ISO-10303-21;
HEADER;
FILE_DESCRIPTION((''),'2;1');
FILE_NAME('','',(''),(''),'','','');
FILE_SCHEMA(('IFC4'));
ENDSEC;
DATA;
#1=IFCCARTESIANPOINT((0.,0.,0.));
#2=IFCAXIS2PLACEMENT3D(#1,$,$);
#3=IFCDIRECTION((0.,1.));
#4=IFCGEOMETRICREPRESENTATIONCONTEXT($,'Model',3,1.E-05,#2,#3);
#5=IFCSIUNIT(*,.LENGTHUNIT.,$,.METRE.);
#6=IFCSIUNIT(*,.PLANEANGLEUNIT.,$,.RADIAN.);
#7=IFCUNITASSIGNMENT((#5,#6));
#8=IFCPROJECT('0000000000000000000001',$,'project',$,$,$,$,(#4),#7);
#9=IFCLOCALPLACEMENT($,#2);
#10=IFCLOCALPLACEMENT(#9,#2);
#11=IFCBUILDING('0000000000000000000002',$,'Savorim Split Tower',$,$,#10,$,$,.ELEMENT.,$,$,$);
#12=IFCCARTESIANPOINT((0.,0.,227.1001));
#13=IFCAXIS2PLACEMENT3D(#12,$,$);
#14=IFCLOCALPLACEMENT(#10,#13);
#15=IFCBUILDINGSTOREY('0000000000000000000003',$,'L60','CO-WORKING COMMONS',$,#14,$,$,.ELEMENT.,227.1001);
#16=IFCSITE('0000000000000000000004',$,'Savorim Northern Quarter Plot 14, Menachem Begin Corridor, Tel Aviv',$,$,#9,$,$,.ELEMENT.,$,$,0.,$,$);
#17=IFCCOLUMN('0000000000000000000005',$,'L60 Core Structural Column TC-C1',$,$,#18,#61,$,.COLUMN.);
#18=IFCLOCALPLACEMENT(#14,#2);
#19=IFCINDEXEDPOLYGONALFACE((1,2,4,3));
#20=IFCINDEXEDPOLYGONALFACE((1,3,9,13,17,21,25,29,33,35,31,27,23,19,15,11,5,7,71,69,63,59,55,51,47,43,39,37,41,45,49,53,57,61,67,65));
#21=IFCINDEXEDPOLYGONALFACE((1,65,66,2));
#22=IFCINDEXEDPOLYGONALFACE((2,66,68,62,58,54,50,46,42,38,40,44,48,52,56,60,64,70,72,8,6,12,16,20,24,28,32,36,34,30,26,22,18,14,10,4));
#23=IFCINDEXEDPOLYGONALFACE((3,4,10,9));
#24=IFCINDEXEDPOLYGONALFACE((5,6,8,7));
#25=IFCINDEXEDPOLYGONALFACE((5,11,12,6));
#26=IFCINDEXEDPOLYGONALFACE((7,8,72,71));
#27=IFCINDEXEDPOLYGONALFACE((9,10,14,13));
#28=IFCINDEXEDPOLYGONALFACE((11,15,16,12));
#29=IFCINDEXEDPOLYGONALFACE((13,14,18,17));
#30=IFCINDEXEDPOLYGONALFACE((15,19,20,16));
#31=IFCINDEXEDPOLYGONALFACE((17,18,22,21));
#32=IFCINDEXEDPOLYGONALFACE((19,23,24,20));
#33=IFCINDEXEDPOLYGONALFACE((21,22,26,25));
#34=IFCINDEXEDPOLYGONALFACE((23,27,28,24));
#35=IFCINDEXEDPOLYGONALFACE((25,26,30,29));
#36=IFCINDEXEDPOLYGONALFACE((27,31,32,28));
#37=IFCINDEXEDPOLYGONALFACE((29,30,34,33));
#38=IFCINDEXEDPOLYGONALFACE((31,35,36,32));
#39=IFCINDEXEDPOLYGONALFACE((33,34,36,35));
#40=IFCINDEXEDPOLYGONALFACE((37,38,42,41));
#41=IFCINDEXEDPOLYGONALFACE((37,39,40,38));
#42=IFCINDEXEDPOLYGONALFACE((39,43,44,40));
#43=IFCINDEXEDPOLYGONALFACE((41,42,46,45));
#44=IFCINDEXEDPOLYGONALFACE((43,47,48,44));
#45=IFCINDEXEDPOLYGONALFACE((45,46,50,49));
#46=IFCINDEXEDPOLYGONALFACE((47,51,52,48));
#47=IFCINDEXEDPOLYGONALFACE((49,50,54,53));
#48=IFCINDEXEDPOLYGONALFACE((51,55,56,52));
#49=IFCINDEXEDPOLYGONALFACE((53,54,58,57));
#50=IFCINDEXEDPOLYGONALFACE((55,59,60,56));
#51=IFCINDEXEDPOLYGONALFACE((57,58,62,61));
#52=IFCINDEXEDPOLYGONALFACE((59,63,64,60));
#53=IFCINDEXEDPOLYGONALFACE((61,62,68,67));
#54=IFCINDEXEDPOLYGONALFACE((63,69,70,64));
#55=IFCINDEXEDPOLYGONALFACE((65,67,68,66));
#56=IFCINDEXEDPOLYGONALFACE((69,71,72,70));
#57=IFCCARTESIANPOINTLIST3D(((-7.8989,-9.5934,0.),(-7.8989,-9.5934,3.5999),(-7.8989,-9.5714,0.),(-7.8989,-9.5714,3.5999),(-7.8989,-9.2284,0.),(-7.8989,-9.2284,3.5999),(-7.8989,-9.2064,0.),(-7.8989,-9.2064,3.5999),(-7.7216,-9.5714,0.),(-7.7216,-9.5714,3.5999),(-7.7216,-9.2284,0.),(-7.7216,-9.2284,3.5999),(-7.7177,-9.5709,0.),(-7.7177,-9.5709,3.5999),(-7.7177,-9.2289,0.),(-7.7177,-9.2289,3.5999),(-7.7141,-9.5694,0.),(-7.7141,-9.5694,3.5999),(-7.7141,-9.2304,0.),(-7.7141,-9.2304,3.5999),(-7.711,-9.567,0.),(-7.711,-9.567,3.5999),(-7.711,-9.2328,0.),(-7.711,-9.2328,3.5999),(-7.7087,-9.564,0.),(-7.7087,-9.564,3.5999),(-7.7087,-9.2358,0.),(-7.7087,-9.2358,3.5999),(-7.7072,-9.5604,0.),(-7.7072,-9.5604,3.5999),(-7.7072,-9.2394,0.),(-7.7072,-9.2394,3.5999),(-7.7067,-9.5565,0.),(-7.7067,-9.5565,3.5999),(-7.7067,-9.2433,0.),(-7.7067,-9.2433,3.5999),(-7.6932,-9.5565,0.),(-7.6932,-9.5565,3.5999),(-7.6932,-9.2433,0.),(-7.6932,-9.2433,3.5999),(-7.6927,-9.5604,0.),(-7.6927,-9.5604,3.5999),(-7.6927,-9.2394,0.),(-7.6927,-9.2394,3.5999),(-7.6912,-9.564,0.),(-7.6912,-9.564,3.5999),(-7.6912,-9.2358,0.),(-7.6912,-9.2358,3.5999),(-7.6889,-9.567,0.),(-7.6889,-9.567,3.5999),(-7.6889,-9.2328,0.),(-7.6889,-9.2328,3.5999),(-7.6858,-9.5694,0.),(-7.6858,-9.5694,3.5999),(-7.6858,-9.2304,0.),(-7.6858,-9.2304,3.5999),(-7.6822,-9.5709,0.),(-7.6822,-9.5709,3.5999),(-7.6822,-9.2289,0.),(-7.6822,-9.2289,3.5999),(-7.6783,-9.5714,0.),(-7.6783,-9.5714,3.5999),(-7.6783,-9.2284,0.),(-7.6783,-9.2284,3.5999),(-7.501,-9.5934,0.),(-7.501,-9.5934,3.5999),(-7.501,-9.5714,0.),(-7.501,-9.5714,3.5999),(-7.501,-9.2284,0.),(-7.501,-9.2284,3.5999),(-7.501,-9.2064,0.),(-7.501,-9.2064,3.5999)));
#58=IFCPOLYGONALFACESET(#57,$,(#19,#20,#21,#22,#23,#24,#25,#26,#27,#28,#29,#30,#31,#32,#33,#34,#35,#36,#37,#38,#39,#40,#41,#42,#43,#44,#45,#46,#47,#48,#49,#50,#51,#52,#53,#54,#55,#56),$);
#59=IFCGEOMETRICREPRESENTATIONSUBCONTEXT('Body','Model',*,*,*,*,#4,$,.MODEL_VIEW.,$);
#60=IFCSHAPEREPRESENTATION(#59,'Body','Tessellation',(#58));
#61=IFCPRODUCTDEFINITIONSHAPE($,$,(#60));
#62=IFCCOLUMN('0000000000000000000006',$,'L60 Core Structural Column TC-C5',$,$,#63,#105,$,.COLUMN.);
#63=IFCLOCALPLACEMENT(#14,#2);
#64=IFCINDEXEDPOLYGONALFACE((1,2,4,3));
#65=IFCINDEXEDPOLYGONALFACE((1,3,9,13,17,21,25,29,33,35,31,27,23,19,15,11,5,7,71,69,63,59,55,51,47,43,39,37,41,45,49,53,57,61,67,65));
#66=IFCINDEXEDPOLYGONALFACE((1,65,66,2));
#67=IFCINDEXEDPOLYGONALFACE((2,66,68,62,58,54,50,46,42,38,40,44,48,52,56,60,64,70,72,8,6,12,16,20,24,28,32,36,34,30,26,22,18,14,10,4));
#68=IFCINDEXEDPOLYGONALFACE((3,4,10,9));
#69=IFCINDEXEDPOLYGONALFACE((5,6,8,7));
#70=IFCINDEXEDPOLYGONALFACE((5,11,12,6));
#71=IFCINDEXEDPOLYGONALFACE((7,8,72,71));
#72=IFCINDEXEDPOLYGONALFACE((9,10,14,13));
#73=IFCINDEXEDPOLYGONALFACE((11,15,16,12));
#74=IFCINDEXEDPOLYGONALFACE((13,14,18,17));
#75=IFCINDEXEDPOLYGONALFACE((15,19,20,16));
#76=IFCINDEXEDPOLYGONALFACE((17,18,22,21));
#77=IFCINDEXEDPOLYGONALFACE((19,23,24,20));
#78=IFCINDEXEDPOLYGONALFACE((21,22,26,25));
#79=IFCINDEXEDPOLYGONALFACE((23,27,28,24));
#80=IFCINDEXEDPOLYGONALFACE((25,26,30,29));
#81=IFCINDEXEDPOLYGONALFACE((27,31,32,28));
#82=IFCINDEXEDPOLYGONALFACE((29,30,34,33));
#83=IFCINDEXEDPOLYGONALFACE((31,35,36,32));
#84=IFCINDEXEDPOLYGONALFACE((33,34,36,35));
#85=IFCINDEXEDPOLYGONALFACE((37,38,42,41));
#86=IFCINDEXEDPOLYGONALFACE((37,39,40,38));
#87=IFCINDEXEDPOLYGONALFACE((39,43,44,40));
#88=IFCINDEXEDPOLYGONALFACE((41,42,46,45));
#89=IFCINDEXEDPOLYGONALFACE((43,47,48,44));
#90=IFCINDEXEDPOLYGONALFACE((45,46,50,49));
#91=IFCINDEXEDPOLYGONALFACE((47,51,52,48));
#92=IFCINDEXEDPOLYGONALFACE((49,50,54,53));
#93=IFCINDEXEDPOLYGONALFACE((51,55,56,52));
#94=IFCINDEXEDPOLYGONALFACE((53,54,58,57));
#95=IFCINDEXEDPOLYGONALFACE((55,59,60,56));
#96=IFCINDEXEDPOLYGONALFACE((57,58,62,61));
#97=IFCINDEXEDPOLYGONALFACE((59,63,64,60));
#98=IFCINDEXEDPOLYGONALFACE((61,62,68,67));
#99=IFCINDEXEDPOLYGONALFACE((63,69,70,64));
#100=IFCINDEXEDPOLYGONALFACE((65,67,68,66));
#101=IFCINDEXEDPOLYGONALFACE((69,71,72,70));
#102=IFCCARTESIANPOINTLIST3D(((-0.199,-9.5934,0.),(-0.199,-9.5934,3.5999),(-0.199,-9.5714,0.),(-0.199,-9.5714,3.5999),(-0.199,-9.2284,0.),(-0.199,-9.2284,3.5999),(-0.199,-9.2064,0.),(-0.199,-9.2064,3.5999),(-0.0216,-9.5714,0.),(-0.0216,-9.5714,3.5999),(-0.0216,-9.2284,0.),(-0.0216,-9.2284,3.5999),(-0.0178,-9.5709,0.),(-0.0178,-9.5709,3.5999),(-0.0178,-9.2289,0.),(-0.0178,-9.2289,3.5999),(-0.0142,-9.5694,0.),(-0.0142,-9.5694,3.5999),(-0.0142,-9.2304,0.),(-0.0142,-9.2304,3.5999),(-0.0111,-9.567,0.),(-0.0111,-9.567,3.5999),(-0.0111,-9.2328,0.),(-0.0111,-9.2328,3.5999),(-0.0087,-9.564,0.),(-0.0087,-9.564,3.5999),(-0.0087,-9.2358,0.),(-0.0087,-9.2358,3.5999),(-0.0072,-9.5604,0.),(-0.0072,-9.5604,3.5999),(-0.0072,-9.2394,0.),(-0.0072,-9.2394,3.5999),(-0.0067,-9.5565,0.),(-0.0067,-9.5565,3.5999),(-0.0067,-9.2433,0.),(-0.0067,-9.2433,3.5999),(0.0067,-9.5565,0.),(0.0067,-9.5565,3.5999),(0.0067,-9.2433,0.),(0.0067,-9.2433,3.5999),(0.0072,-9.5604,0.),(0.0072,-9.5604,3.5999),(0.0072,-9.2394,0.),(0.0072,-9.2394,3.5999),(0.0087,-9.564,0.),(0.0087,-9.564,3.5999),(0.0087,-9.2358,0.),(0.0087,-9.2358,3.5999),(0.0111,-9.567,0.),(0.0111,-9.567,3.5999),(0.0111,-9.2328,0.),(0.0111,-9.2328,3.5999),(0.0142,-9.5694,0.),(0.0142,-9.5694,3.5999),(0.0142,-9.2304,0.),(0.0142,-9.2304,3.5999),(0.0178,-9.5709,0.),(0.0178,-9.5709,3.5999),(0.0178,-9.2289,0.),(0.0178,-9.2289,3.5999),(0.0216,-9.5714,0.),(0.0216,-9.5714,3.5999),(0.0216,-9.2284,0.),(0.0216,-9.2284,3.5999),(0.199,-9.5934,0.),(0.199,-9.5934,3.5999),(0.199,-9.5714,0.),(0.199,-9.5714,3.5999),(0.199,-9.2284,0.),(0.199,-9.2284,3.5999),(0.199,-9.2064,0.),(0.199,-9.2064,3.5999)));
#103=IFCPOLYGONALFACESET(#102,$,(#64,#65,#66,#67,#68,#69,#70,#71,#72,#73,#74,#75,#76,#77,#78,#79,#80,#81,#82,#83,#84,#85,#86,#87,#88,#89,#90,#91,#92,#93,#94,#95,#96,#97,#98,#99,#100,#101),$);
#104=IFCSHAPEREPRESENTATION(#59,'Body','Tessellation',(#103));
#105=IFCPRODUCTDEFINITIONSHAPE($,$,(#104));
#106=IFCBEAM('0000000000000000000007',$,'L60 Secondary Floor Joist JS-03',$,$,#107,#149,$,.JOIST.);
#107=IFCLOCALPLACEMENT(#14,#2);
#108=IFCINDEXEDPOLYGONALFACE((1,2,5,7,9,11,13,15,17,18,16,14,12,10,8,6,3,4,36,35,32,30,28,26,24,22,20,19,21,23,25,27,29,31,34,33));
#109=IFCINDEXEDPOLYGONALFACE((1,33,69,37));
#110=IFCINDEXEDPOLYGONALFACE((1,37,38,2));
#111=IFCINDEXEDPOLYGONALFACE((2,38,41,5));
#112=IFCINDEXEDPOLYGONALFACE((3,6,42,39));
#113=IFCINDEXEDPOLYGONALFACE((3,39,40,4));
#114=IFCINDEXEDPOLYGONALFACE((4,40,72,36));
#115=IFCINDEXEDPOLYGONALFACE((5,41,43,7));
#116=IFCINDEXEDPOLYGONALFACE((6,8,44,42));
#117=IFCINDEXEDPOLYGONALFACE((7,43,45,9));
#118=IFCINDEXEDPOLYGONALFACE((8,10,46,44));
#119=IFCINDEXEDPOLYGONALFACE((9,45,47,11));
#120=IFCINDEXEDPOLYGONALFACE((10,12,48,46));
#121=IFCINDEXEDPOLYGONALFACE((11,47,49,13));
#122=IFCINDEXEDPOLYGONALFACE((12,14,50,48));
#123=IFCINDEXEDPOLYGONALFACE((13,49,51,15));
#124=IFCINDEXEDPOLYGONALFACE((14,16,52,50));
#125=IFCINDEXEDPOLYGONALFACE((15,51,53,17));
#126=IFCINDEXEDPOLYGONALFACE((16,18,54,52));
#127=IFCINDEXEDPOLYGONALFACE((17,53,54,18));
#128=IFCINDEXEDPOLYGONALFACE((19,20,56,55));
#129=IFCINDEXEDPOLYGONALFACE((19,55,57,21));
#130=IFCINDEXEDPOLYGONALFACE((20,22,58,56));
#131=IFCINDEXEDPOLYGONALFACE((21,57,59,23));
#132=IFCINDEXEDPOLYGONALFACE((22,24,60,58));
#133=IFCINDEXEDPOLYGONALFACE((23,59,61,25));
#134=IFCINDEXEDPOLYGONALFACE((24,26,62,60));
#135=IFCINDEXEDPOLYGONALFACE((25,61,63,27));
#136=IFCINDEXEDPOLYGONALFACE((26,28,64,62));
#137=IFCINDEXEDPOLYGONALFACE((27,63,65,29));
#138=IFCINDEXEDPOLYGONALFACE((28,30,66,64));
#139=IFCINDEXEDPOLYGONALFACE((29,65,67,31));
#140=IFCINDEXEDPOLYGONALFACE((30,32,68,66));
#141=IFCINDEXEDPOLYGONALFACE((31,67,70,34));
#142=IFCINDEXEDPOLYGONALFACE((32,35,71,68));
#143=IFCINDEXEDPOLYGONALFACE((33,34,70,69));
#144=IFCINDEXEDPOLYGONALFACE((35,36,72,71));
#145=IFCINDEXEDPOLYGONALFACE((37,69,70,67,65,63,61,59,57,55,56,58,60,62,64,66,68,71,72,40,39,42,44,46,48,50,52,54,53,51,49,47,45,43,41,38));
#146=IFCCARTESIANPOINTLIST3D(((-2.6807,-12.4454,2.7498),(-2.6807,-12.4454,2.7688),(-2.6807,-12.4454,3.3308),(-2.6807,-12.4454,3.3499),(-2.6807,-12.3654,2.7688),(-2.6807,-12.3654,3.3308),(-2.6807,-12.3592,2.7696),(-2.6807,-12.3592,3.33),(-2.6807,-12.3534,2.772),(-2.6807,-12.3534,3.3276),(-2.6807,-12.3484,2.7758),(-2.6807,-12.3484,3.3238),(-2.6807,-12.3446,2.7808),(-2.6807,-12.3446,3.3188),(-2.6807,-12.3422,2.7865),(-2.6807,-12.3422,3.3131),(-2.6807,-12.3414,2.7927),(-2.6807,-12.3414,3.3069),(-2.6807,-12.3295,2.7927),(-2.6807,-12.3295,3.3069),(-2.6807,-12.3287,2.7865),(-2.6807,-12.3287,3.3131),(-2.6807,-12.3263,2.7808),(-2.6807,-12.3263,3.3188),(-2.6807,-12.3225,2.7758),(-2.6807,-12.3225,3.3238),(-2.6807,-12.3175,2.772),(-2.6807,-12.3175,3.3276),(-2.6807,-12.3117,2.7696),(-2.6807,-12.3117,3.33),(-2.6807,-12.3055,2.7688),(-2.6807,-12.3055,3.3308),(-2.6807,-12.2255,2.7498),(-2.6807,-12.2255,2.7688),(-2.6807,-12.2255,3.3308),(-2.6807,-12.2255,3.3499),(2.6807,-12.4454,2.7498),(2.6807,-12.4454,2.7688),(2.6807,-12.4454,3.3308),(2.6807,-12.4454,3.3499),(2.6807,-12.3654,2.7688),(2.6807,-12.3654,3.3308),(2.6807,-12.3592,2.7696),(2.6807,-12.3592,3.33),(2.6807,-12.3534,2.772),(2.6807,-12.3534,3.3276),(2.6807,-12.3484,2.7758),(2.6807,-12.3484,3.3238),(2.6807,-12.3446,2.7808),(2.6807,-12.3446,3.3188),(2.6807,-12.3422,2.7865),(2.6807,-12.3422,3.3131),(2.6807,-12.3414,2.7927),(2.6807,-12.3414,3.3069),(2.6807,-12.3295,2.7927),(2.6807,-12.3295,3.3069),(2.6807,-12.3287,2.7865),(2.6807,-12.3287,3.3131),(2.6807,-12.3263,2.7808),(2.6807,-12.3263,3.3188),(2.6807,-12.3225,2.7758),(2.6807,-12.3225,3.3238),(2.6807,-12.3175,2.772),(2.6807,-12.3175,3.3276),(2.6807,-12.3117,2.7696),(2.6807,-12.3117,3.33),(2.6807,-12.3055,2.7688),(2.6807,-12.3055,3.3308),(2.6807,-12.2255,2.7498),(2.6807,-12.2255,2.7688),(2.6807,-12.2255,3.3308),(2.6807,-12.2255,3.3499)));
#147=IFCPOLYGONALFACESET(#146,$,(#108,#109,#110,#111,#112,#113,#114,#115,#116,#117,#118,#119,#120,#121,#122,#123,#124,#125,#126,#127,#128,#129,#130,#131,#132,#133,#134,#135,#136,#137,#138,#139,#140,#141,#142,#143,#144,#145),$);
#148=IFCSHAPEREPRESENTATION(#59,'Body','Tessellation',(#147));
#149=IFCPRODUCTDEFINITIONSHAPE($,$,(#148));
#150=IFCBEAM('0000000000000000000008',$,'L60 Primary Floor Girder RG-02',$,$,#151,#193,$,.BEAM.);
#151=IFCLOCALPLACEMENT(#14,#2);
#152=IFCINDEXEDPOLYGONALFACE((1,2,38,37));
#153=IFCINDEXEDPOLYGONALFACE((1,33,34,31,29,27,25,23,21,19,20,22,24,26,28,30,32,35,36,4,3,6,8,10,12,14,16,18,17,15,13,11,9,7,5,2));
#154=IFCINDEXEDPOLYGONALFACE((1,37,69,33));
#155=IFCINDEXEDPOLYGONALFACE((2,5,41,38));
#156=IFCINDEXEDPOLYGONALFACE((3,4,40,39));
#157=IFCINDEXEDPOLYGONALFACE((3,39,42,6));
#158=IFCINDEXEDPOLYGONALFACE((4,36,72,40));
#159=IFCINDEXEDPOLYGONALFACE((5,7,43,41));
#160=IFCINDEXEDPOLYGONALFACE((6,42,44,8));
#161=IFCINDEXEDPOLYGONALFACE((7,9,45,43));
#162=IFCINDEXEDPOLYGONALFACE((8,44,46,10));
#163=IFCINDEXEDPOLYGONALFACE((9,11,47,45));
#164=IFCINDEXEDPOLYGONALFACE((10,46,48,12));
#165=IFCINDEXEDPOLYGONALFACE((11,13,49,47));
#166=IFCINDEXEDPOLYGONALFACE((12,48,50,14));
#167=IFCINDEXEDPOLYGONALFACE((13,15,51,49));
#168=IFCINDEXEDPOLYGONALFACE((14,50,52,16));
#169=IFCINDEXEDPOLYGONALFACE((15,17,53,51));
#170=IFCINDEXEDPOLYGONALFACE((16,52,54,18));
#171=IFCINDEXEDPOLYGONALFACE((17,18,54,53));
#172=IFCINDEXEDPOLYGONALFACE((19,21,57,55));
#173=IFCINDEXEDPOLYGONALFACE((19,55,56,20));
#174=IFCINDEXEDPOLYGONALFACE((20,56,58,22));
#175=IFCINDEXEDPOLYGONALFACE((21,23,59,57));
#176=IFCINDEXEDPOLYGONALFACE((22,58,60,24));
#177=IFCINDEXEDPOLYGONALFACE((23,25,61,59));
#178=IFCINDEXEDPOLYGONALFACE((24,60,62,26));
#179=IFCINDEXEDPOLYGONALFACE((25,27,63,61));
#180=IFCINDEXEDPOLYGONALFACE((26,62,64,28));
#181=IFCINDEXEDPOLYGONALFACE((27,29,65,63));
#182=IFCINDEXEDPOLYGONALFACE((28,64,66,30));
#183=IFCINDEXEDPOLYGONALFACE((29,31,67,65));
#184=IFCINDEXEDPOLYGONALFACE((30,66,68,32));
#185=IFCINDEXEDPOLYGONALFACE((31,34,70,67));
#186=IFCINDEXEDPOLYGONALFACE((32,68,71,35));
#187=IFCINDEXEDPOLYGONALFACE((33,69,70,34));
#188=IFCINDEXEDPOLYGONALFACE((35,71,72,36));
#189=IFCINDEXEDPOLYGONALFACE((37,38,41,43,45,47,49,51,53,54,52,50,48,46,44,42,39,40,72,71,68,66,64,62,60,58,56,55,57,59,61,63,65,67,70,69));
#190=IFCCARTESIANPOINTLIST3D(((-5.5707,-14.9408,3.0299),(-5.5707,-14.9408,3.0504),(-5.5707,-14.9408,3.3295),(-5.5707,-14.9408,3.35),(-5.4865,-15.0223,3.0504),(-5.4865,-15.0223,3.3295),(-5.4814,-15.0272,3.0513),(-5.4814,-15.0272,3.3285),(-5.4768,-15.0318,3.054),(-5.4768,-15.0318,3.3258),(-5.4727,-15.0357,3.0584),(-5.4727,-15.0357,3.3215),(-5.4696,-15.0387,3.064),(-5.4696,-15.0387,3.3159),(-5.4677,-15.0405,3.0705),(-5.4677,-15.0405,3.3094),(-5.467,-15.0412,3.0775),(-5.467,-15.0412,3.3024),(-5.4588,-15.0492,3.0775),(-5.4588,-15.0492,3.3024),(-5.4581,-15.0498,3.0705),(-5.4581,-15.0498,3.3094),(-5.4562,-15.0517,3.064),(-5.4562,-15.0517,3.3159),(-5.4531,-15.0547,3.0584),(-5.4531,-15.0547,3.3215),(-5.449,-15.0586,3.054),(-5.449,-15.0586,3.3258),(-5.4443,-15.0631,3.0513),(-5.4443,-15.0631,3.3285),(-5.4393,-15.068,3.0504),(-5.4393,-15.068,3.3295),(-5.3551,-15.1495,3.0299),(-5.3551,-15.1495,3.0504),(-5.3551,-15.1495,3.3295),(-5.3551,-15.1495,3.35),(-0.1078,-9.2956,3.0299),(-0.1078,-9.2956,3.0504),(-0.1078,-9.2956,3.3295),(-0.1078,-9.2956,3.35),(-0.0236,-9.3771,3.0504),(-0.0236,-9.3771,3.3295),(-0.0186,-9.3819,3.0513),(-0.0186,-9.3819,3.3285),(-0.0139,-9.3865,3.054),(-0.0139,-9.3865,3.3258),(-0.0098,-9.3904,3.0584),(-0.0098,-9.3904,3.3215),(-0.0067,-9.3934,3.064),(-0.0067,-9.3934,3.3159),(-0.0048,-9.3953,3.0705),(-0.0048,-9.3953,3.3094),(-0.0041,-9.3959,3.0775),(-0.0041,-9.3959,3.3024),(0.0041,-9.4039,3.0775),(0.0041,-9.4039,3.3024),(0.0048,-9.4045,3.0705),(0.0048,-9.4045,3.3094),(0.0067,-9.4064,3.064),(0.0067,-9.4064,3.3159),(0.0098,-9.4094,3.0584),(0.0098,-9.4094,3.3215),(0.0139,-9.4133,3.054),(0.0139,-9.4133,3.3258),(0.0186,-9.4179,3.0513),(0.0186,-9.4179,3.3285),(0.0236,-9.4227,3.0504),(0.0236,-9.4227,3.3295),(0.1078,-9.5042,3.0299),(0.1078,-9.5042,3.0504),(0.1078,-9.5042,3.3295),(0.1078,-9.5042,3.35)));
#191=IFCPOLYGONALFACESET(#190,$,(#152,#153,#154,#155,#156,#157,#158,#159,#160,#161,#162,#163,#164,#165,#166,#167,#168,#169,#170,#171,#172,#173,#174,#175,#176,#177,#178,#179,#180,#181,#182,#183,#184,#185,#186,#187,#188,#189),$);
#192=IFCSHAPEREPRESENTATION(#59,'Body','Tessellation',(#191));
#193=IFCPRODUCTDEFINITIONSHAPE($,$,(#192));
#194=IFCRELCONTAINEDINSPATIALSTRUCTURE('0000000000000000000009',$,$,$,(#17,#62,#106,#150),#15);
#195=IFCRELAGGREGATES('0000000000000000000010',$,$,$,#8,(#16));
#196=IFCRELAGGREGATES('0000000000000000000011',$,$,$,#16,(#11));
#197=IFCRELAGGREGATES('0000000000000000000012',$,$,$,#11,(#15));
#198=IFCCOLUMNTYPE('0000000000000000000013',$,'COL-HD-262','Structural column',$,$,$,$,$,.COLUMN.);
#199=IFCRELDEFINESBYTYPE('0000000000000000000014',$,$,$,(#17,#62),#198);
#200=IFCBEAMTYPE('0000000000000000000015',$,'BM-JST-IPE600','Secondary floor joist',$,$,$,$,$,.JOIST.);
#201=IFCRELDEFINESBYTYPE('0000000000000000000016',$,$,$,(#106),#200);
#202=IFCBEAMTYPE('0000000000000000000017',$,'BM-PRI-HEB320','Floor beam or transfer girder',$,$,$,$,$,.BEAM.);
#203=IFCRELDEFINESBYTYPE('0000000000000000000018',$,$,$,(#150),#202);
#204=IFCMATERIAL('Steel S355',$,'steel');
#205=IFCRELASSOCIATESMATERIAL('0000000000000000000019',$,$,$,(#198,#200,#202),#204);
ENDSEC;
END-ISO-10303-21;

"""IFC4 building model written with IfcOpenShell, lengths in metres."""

from ifc_helpers import new_model, si_unit, direction, frame, origin, origin_2d, place, context, subcontext, project, spatial, i_section, extrude, material, material_profile, profile_set, type_object, element, save


model = new_model("IFC4")

# Units and contexts
model_context = context("Model", 3, precision=1e-05, world=origin(), true_north=direction((0.0, 1.0)))
body_context = subcontext(model_context, "Body", "Model", "MODEL_VIEW")
ifc_project = project(units=[si_unit("LENGTHUNIT", "METRE"), si_unit("PLANEANGLEUNIT", "RADIAN")], contexts=[model_context])

# Site, building, storey
site_placement = place(None, origin())
site = spatial("IfcSite", under=ifc_project, at=site_placement, Name="Savorim Northern Quarter Plot 14, Menachem Begin Corridor, Tel Aviv", CompositionType="ELEMENT", RefElevation=0.0)
building_placement = place(site_placement, origin())
building = spatial("IfcBuilding", under=site, at=building_placement, Name="Savorim Split Tower", CompositionType="ELEMENT")
storey_placement = place(building_placement, frame((0.0, 0.0, 227.1001)))
storey = spatial("IfcBuildingStorey", under=building, at=storey_placement, Name="L60", Description="CO-WORKING COMMONS", CompositionType="ELEMENT", Elevation=227.1001)

# Columns
ifc_material_1 = material(Name="Steel S355", Category="steel")
ifc_material_profile_1 = material_profile(ifc_material_1, i_section(OverallWidth=0.3979, OverallDepth=0.387, WebThickness=0.0134, FlangeThickness=0.022, FilletRadius=0.0149, at=origin_2d()), Name="HD 400x262")
ifc_profile_set_1 = profile_set([ifc_material_profile_1], Name="Steel S355")
column_type = type_object("IfcColumnType", Name="COL-HD-262", Description="Structural column", PredefinedType="COLUMN", material=ifc_profile_set_1)
for number, where, z_axis, x_axis, name in (
    (1, (-7.7, -9.3999, 0.0), (0.0, 0.0, 1.0), (1.0, 0.0, 0.0), "L60 Core Structural Column TC-C1"),
    (2, (0.0, -9.3999, 0.0), (0.0, 0.0, 1.0), (1.0, 0.0, 0.0), "L60 Core Structural Column TC-C5"),
):
    element("IfcColumn", number, at=place(storey_placement, frame(where, z_axis=z_axis, x_axis=x_axis)), inside=storey, type_object=column_type, Name=name, PredefinedType="COLUMN", context=body_context, shape_type="SweptSolid", body=[
        extrude(i_section(OverallWidth=0.3979, OverallDepth=0.387, WebThickness=0.0134, FlangeThickness=0.022, FilletRadius=0.0149, at=origin_2d()), origin(), (0.0, 0.0, 1.0), 3.5999),
    ])

# Beams
ifc_material_profile_2 = material_profile(ifc_material_1, i_section(OverallWidth=0.22, OverallDepth=0.6001, WebThickness=0.012, FlangeThickness=0.019, FilletRadius=0.0239, at=origin_2d()), Name="IPE 600")
ifc_profile_set_2 = profile_set([ifc_material_profile_2], Name="Steel S355")
beam_type_1 = type_object("IfcBeamType", Name="BM-JST-IPE600", Description="Secondary floor joist", PredefinedType="JOIST", material=ifc_profile_set_2)
beam_1_placement = place(storey_placement, frame((-2.6807, -12.3354, 3.0498), z_axis=(1.0, 0.0, 0.0), x_axis=(0.0, 1.0, 0.0)))
element("IfcBeam", 3, at=beam_1_placement, inside=storey, type_object=beam_type_1, Name="L60 Secondary Floor Joist JS-03", PredefinedType="JOIST", context=body_context, shape_type="SweptSolid", body=[
    extrude(i_section(OverallWidth=0.22, OverallDepth=0.6001, WebThickness=0.012, FlangeThickness=0.019, FilletRadius=0.0239, at=origin_2d()), origin(), (0.0, 0.0, 1.0), 5.3613),
])
ifc_material_profile_3 = material_profile(ifc_material_1, i_section(OverallWidth=0.3, OverallDepth=0.3201, WebThickness=0.0115, FlangeThickness=0.0205, FilletRadius=0.0271, at=origin_2d()), Name="HEB 320")
ifc_profile_set_3 = profile_set([ifc_material_profile_3], Name="Steel S355")
beam_type_2 = type_object("IfcBeamType", Name="BM-PRI-HEB320", Description="Floor beam or transfer girder", PredefinedType="BEAM", material=ifc_profile_set_3)
beam_2_placement = place(storey_placement, frame((-5.4629, -15.0452, 3.1899), z_axis=(0.695404, 0.718619, 0.0), x_axis=(-0.718619, 0.695404, 0.0)))
element("IfcBeam", 4, at=beam_2_placement, inside=storey, type_object=beam_type_2, Name="L60 Primary Floor Girder RG-02", PredefinedType="BEAM", context=body_context, shape_type="SweptSolid", body=[
    extrude(i_section(OverallWidth=0.3, OverallDepth=0.3201, WebThickness=0.0115, FlangeThickness=0.0205, FilletRadius=0.0271, at=origin_2d()), origin(), (0.0, 0.0, 1.0), 7.8557),
])

save(model, "model.ifc")
